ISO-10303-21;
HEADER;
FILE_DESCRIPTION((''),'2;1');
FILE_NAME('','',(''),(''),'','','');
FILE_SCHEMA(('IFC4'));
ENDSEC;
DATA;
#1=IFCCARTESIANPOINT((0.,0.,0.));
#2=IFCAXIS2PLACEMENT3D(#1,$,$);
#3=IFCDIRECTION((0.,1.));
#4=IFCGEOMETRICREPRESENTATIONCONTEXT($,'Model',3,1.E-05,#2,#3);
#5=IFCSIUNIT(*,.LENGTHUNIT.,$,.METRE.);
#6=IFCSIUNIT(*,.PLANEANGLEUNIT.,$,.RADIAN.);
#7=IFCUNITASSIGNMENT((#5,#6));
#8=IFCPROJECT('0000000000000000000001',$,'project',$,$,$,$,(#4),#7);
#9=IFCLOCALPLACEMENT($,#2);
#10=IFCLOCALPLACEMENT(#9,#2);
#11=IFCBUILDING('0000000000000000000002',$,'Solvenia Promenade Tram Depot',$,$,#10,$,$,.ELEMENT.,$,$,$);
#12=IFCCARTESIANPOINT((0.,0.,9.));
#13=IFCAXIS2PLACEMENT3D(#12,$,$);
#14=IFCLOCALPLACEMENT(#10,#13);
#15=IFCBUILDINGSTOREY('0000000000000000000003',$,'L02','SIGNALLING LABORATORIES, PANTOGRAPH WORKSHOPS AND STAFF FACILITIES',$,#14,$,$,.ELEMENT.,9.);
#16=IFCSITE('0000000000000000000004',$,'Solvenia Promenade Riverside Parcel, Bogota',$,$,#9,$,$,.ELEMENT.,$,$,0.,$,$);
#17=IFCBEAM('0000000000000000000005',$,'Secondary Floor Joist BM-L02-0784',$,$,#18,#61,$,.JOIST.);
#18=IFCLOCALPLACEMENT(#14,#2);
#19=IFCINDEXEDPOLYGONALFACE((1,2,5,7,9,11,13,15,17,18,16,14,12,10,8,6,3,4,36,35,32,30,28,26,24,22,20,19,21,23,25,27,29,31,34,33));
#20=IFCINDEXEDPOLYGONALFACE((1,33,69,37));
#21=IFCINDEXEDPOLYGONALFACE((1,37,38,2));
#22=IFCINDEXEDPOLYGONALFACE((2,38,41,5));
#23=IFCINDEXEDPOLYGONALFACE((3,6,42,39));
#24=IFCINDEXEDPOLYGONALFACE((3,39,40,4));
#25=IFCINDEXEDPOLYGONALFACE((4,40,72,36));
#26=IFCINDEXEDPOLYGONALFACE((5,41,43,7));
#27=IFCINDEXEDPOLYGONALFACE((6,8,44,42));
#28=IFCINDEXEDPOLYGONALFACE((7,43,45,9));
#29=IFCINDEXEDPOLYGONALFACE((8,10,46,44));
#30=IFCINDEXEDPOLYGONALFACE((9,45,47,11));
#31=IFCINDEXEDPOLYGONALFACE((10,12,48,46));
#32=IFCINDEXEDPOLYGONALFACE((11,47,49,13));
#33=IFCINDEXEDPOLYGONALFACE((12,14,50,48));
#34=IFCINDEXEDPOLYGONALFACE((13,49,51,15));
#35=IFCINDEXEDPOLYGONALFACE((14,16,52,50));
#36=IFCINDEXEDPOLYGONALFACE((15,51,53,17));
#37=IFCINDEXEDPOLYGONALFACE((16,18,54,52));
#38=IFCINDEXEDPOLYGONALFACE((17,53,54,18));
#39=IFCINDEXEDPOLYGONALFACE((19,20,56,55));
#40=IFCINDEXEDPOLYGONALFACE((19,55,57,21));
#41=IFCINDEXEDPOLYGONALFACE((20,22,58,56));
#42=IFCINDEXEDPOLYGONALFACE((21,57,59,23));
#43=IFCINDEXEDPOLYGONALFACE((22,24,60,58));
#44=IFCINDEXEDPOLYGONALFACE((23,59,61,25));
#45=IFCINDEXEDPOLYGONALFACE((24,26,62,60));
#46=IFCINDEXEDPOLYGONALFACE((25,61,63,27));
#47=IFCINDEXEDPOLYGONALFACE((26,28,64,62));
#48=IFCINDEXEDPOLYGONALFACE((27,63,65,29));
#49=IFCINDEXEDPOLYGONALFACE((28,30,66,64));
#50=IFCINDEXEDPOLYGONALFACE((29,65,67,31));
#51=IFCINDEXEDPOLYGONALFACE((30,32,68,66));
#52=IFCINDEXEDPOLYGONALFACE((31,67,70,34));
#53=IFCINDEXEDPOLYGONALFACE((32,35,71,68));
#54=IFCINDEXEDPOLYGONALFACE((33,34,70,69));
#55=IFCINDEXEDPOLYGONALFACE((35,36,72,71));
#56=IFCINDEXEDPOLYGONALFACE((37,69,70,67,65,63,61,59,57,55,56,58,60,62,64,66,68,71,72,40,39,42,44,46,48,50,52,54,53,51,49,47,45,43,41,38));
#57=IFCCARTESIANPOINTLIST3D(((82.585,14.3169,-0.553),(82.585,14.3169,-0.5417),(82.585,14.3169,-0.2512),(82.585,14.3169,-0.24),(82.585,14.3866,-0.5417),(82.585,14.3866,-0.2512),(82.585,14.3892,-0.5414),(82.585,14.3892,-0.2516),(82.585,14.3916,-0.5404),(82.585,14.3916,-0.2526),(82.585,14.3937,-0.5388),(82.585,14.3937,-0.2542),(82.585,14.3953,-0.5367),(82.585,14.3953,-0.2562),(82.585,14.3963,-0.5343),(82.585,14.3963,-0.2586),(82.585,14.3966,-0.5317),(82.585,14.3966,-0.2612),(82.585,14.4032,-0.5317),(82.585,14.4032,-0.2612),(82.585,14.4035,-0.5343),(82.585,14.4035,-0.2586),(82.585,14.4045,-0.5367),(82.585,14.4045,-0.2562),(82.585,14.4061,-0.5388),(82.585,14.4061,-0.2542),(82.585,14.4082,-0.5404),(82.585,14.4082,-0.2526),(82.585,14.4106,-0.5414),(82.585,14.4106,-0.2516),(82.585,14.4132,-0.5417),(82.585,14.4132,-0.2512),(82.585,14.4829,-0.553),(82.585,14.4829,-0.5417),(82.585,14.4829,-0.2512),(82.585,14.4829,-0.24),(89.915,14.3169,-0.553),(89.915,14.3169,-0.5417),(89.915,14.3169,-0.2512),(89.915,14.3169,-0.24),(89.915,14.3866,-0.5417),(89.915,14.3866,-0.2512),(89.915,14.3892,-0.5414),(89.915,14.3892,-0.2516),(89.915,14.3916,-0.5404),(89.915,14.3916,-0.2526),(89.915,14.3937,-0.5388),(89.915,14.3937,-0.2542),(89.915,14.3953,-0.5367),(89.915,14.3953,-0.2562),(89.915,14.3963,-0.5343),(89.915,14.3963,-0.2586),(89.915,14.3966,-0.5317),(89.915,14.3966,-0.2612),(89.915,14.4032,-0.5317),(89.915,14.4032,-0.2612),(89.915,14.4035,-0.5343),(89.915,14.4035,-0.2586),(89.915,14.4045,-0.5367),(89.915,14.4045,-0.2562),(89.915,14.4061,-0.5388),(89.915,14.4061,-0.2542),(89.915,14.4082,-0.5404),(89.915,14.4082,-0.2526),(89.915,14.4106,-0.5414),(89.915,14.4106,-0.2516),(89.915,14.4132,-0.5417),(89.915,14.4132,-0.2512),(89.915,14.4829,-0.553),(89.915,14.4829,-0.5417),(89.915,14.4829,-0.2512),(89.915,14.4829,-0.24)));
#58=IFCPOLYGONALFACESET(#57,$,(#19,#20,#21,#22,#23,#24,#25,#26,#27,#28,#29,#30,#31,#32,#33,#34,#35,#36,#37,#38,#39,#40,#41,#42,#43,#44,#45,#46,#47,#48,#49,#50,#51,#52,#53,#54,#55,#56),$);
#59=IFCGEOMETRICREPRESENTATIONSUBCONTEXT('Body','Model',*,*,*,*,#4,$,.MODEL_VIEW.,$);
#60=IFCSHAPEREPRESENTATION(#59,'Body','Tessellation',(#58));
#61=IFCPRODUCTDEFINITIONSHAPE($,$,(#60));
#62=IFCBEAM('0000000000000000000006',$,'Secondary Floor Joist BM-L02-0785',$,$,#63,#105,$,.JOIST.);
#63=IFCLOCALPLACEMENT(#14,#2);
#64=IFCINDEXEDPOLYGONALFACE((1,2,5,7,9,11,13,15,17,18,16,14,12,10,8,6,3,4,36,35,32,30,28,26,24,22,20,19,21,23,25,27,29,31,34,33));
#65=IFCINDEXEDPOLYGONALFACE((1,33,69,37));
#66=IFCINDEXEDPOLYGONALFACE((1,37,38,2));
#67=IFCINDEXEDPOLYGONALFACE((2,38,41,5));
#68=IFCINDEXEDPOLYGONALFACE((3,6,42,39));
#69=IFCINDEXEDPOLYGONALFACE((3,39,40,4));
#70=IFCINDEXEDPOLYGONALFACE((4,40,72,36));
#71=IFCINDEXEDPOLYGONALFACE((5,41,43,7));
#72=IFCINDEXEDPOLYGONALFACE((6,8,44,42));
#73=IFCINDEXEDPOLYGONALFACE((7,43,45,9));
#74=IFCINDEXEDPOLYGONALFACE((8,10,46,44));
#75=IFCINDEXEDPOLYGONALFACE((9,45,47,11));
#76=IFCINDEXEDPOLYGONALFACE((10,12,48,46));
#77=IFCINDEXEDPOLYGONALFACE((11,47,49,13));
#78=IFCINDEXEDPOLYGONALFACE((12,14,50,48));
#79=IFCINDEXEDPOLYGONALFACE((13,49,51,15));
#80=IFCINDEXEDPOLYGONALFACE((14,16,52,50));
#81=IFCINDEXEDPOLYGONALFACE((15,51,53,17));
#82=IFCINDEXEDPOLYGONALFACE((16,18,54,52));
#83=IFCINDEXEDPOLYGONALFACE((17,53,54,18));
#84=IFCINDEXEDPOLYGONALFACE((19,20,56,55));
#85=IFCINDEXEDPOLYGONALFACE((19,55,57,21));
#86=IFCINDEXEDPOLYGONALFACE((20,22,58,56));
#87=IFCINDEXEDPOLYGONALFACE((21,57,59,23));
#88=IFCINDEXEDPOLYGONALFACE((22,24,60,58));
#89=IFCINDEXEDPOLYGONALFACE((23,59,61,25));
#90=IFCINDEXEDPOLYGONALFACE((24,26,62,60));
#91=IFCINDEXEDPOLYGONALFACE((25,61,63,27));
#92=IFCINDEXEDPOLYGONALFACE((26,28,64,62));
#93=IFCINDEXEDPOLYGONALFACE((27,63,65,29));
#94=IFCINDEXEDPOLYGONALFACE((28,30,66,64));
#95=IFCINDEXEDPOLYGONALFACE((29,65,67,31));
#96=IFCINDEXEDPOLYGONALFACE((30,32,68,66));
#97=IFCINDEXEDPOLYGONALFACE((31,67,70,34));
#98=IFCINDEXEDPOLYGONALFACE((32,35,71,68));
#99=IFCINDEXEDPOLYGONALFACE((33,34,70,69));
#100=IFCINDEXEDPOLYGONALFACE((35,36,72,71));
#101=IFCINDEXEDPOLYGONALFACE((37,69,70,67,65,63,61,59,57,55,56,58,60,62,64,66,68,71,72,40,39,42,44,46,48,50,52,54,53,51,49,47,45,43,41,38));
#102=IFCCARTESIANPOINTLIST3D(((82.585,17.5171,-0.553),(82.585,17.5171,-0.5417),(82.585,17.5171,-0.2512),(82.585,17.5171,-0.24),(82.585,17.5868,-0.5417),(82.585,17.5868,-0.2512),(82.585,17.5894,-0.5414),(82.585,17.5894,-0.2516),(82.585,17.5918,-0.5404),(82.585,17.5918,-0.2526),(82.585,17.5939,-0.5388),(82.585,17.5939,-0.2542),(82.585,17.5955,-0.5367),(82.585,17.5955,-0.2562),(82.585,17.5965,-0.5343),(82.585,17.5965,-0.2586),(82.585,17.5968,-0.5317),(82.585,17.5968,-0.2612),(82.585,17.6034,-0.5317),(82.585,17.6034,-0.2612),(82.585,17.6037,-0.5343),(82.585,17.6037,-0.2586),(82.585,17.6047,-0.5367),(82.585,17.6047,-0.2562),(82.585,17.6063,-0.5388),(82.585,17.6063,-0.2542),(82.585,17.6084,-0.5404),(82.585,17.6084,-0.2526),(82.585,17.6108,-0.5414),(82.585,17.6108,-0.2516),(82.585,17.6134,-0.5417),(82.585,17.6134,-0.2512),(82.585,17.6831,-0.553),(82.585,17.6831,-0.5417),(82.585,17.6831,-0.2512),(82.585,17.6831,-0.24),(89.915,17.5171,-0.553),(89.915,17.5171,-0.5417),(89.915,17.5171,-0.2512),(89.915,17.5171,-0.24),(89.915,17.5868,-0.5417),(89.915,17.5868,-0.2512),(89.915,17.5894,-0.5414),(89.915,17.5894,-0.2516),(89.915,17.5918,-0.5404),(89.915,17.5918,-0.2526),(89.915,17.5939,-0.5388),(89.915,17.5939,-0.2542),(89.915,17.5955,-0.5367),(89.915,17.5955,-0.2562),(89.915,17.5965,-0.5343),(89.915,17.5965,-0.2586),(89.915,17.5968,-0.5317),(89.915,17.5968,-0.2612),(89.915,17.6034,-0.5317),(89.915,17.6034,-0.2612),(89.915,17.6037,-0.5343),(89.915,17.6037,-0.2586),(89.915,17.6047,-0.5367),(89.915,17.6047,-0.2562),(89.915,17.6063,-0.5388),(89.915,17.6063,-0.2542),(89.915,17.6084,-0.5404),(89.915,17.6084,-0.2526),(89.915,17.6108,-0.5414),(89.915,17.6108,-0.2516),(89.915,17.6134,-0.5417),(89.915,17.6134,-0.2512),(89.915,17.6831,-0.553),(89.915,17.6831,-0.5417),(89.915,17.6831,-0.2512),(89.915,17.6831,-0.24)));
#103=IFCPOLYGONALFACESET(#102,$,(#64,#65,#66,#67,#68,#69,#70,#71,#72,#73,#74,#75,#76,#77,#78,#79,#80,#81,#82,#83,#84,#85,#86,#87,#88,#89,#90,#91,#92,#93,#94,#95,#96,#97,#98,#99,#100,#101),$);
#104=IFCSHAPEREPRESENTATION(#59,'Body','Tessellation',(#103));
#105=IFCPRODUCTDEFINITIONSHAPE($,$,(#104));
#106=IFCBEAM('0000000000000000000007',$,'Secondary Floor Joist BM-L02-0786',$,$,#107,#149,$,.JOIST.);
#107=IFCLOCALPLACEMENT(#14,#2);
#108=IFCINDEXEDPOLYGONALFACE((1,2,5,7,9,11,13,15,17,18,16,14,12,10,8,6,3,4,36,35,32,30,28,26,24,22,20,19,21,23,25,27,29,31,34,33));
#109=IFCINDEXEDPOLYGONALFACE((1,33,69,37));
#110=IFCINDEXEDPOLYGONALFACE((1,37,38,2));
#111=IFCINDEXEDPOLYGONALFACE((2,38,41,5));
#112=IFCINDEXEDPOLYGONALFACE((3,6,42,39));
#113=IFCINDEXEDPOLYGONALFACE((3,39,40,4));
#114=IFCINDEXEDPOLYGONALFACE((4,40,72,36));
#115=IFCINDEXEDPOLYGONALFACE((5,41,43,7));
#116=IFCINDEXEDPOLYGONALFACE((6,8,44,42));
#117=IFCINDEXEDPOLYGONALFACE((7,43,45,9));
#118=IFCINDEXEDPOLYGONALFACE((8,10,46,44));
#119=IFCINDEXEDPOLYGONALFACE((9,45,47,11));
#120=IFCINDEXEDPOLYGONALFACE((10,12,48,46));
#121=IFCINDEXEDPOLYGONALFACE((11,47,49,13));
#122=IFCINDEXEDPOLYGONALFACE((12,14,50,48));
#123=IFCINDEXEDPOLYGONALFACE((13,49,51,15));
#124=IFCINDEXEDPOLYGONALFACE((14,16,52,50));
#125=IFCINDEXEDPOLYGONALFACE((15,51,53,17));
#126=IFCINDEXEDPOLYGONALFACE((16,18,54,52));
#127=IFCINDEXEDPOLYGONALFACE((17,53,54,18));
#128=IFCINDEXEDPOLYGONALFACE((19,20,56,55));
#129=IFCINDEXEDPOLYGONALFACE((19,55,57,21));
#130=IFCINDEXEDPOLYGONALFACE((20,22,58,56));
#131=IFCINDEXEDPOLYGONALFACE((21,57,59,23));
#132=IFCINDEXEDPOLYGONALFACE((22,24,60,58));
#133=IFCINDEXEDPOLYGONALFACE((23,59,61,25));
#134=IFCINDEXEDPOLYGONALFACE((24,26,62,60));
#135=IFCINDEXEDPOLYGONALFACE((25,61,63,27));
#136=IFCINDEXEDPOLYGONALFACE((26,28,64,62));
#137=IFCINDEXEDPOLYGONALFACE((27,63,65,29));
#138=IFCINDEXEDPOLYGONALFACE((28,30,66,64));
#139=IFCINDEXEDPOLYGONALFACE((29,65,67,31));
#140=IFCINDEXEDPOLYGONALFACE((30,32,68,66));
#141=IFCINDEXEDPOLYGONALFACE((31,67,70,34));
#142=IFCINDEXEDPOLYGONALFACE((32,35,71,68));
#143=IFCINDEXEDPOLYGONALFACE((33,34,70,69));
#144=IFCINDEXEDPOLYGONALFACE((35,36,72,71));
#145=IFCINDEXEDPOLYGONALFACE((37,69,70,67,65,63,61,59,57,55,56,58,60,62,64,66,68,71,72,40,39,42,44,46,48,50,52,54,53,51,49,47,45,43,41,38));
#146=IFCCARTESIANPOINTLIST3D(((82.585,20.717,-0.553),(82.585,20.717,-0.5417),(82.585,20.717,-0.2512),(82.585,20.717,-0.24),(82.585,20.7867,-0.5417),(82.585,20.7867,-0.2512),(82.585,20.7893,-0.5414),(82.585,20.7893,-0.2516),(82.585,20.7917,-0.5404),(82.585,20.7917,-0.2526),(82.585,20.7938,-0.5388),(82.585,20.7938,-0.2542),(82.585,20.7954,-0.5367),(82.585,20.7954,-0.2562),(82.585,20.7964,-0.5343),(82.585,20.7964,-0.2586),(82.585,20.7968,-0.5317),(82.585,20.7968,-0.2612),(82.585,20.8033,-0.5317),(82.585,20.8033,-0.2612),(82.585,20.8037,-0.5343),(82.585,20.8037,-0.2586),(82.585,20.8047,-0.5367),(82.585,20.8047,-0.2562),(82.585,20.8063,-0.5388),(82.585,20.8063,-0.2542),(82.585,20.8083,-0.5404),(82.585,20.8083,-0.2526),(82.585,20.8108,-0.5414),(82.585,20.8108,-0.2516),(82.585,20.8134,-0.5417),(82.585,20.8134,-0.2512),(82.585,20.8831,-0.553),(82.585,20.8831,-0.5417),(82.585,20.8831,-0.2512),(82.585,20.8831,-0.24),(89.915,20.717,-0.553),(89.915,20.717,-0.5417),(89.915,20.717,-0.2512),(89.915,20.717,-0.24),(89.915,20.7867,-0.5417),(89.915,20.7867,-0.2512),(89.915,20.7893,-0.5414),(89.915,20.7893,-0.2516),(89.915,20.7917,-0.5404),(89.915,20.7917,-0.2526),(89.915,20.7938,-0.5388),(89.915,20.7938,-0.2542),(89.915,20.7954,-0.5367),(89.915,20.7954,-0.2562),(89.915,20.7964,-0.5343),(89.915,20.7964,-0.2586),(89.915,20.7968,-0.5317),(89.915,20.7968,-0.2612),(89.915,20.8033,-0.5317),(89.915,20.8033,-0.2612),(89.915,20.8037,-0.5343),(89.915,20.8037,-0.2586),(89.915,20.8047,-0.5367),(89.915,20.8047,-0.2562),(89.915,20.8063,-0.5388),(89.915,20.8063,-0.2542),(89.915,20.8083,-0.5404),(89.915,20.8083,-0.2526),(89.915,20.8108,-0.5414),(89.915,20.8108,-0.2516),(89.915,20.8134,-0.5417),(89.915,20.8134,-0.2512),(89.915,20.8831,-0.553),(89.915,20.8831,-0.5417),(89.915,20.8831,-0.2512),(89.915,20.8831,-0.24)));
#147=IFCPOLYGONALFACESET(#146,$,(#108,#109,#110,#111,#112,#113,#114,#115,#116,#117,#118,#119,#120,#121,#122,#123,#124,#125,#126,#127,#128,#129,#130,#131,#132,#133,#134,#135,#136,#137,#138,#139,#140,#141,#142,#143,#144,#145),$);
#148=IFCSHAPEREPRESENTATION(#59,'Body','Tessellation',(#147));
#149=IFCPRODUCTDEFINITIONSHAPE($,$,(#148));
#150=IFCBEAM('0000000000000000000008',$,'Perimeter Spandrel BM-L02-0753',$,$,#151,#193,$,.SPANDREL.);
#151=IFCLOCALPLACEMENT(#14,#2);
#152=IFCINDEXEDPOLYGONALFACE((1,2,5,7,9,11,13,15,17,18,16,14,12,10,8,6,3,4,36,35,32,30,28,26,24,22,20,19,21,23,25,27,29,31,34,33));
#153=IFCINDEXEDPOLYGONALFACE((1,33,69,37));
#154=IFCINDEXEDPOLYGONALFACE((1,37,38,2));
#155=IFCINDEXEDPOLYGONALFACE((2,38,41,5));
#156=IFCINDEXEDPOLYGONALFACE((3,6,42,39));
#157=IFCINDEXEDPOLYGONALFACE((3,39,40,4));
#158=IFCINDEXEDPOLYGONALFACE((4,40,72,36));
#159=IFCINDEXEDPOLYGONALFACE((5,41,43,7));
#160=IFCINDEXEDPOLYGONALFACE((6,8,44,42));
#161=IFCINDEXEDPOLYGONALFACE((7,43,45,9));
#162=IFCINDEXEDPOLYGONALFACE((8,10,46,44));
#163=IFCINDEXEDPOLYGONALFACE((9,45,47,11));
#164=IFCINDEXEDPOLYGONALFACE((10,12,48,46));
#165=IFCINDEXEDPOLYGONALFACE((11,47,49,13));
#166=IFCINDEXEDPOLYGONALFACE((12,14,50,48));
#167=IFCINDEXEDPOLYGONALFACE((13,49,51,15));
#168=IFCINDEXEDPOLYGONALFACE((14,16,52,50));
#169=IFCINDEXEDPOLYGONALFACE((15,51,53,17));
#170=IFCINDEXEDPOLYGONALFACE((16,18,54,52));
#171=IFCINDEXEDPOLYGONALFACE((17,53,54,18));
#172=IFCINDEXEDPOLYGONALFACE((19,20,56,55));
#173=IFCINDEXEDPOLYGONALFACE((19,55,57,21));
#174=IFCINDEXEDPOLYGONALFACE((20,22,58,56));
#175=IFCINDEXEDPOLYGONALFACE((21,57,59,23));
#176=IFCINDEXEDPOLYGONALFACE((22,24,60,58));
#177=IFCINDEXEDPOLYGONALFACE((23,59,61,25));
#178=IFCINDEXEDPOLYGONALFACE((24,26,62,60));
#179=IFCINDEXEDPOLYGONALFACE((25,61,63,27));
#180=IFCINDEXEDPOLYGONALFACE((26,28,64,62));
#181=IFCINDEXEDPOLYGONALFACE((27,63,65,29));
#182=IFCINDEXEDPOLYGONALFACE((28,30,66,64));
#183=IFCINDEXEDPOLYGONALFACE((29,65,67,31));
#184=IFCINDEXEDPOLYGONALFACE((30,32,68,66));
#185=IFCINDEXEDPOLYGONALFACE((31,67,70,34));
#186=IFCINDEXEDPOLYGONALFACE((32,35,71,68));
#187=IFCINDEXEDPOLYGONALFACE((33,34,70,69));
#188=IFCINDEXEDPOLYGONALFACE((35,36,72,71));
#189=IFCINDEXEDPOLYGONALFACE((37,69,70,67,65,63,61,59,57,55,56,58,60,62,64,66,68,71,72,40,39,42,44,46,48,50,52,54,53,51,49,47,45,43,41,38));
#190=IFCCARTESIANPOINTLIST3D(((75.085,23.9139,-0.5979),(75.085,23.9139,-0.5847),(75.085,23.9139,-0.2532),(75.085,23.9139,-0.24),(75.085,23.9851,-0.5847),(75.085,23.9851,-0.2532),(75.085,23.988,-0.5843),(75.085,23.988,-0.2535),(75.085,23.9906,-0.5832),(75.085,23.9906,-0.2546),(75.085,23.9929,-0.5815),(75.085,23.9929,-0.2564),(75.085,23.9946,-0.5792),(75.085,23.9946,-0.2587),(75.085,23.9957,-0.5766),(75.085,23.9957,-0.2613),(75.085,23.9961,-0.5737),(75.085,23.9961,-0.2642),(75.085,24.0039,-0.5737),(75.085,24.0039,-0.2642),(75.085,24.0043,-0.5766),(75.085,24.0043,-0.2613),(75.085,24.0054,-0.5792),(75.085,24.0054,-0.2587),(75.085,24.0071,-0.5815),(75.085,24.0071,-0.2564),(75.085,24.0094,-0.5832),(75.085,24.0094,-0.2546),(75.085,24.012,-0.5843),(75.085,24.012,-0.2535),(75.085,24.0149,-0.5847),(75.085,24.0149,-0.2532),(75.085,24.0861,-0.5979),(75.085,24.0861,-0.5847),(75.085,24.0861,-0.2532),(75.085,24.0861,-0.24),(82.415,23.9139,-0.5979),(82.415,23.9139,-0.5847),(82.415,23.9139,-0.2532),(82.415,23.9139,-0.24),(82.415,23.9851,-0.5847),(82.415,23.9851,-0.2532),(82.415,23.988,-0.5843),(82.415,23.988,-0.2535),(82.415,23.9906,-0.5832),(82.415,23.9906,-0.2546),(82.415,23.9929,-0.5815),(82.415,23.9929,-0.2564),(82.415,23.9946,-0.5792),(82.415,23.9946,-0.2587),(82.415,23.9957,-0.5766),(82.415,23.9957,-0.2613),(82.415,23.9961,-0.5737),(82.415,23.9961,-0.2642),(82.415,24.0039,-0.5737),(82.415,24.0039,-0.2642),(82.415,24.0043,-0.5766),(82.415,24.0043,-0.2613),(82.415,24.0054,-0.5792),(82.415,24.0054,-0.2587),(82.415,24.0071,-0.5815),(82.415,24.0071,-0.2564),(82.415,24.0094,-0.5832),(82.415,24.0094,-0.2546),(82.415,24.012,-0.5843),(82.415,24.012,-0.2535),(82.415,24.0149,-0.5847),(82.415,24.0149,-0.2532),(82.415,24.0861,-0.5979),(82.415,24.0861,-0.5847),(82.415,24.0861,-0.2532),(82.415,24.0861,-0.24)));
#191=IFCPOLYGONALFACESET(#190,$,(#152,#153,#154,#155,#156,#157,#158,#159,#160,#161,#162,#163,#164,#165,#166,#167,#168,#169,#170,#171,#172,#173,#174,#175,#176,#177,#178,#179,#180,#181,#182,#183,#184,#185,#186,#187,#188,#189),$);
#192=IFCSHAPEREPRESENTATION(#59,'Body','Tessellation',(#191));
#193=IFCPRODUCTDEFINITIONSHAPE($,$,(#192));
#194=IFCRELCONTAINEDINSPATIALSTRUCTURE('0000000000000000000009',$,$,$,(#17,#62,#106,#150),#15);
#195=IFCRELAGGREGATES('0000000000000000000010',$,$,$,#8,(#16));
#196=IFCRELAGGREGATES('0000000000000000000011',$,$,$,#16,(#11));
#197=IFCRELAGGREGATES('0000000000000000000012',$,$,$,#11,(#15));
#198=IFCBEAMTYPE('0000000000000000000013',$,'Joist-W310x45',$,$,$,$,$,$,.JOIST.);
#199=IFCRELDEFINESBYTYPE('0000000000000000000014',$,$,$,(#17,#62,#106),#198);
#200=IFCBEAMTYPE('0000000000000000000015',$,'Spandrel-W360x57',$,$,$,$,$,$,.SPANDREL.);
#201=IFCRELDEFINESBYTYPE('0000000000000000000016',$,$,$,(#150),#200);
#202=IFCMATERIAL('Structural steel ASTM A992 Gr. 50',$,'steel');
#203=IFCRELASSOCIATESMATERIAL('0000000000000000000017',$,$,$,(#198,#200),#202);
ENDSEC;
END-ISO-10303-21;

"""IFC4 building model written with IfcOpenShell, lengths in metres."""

from ifc_helpers import new_model, si_unit, direction, frame, origin, origin_2d, place, context, subcontext, project, spatial, i_section, extrude, material, material_profile, profile_set, type_object, element, save


model = new_model("IFC4")

# Units and contexts
model_context = context("Model", 3, precision=1e-05, world=origin(), true_north=direction((0.0, 1.0)))
body_context = subcontext(model_context, "Body", "Model", "MODEL_VIEW")
ifc_project = project(units=[si_unit("LENGTHUNIT", "METRE"), si_unit("PLANEANGLEUNIT", "RADIAN")], contexts=[model_context])

# Site, building, storey
site_placement = place(None, origin())
site = spatial("IfcSite", under=ifc_project, at=site_placement, Name="Solvenia Promenade Riverside Parcel, Bogota", CompositionType="ELEMENT", RefElevation=0.0)
building_placement = place(site_placement, origin())
building = spatial("IfcBuilding", under=site, at=building_placement, Name="Solvenia Promenade Tram Depot", CompositionType="ELEMENT")
storey_placement = place(building_placement, frame((0.0, 0.0, 9.0)))
storey = spatial("IfcBuildingStorey", under=building, at=storey_placement, Name="L02", Description="SIGNALLING LABORATORIES, PANTOGRAPH WORKSHOPS AND STAFF FACILITIES", CompositionType="ELEMENT", Elevation=9.0)

# Shared definitions
ifc_material_1 = material(Name="Structural steel ASTM A992 Gr. 50", Category="steel")

# Beams
ifc_material_profile_1 = material_profile(ifc_material_1, i_section(OverallWidth=0.166, OverallDepth=0.313, WebThickness=0.0066, FlangeThickness=0.0112, FilletRadius=0.01, at=origin_2d()), Name="W310x45", Category="steel")
ifc_profile_set_1 = profile_set([ifc_material_profile_1], Name="Structural steel ASTM A992 Gr. 50")
beam_type_1 = type_object("IfcBeamType", Name="Joist-W310x45", PredefinedType="JOIST", material=ifc_profile_set_1)
for number, where, z_axis, x_axis, name in (
    (1, (82.585, 14.3999, -0.3965), (1.0, 0.0, 0.0), (0.0, 1.0, 0.0), "Secondary Floor Joist BM-L02-0784"),
    (2, (82.585, 17.6001, -0.3965), (1.0, 0.0, 0.0), (0.0, 1.0, 0.0), "Secondary Floor Joist BM-L02-0785"),
    (3, (82.585, 20.8, -0.3965), (1.0, 0.0, 0.0), (0.0, 1.0, 0.0), "Secondary Floor Joist BM-L02-0786"),
):
    element("IfcBeam", number, at=place(storey_placement, frame(where, z_axis=z_axis, x_axis=x_axis)), inside=storey, type_object=beam_type_1, Name=name, PredefinedType="JOIST", context=body_context, shape_type="SweptSolid", body=[
        extrude(i_section(OverallWidth=0.166, OverallDepth=0.313, WebThickness=0.0066, FlangeThickness=0.0112, FilletRadius=0.01, at=origin_2d()), origin(), (0.0, 0.0, 1.0), 7.3301),
    ])
ifc_material_profile_2 = material_profile(ifc_material_1, i_section(OverallWidth=0.1721, OverallDepth=0.3579, WebThickness=0.0078, FlangeThickness=0.0132, FilletRadius=0.011, at=origin_2d()), Name="W360x57", Category="steel")
ifc_profile_set_2 = profile_set([ifc_material_profile_2], Name="Structural steel ASTM A992 Gr. 50")
beam_type_2 = type_object("IfcBeamType", Name="Spandrel-W360x57", PredefinedType="SPANDREL", material=ifc_profile_set_2)
for number, where, z_axis, x_axis, name in (
    (4, (75.085, 24.0, -0.4189), (1.0, 0.0, 0.0), (0.0, 1.0, 0.0), "Perimeter Spandrel BM-L02-0753"),
):
    element("IfcBeam", number, at=place(storey_placement, frame(where, z_axis=z_axis, x_axis=x_axis)), inside=storey, type_object=beam_type_2, Name=name, PredefinedType="SPANDREL", context=body_context, shape_type="SweptSolid", body=[
        extrude(i_section(OverallWidth=0.1721, OverallDepth=0.3579, WebThickness=0.0078, FlangeThickness=0.0132, FilletRadius=0.011, at=origin_2d()), origin(), (0.0, 0.0, 1.0), 7.3301),
    ])

save(model, "model.ifc")
